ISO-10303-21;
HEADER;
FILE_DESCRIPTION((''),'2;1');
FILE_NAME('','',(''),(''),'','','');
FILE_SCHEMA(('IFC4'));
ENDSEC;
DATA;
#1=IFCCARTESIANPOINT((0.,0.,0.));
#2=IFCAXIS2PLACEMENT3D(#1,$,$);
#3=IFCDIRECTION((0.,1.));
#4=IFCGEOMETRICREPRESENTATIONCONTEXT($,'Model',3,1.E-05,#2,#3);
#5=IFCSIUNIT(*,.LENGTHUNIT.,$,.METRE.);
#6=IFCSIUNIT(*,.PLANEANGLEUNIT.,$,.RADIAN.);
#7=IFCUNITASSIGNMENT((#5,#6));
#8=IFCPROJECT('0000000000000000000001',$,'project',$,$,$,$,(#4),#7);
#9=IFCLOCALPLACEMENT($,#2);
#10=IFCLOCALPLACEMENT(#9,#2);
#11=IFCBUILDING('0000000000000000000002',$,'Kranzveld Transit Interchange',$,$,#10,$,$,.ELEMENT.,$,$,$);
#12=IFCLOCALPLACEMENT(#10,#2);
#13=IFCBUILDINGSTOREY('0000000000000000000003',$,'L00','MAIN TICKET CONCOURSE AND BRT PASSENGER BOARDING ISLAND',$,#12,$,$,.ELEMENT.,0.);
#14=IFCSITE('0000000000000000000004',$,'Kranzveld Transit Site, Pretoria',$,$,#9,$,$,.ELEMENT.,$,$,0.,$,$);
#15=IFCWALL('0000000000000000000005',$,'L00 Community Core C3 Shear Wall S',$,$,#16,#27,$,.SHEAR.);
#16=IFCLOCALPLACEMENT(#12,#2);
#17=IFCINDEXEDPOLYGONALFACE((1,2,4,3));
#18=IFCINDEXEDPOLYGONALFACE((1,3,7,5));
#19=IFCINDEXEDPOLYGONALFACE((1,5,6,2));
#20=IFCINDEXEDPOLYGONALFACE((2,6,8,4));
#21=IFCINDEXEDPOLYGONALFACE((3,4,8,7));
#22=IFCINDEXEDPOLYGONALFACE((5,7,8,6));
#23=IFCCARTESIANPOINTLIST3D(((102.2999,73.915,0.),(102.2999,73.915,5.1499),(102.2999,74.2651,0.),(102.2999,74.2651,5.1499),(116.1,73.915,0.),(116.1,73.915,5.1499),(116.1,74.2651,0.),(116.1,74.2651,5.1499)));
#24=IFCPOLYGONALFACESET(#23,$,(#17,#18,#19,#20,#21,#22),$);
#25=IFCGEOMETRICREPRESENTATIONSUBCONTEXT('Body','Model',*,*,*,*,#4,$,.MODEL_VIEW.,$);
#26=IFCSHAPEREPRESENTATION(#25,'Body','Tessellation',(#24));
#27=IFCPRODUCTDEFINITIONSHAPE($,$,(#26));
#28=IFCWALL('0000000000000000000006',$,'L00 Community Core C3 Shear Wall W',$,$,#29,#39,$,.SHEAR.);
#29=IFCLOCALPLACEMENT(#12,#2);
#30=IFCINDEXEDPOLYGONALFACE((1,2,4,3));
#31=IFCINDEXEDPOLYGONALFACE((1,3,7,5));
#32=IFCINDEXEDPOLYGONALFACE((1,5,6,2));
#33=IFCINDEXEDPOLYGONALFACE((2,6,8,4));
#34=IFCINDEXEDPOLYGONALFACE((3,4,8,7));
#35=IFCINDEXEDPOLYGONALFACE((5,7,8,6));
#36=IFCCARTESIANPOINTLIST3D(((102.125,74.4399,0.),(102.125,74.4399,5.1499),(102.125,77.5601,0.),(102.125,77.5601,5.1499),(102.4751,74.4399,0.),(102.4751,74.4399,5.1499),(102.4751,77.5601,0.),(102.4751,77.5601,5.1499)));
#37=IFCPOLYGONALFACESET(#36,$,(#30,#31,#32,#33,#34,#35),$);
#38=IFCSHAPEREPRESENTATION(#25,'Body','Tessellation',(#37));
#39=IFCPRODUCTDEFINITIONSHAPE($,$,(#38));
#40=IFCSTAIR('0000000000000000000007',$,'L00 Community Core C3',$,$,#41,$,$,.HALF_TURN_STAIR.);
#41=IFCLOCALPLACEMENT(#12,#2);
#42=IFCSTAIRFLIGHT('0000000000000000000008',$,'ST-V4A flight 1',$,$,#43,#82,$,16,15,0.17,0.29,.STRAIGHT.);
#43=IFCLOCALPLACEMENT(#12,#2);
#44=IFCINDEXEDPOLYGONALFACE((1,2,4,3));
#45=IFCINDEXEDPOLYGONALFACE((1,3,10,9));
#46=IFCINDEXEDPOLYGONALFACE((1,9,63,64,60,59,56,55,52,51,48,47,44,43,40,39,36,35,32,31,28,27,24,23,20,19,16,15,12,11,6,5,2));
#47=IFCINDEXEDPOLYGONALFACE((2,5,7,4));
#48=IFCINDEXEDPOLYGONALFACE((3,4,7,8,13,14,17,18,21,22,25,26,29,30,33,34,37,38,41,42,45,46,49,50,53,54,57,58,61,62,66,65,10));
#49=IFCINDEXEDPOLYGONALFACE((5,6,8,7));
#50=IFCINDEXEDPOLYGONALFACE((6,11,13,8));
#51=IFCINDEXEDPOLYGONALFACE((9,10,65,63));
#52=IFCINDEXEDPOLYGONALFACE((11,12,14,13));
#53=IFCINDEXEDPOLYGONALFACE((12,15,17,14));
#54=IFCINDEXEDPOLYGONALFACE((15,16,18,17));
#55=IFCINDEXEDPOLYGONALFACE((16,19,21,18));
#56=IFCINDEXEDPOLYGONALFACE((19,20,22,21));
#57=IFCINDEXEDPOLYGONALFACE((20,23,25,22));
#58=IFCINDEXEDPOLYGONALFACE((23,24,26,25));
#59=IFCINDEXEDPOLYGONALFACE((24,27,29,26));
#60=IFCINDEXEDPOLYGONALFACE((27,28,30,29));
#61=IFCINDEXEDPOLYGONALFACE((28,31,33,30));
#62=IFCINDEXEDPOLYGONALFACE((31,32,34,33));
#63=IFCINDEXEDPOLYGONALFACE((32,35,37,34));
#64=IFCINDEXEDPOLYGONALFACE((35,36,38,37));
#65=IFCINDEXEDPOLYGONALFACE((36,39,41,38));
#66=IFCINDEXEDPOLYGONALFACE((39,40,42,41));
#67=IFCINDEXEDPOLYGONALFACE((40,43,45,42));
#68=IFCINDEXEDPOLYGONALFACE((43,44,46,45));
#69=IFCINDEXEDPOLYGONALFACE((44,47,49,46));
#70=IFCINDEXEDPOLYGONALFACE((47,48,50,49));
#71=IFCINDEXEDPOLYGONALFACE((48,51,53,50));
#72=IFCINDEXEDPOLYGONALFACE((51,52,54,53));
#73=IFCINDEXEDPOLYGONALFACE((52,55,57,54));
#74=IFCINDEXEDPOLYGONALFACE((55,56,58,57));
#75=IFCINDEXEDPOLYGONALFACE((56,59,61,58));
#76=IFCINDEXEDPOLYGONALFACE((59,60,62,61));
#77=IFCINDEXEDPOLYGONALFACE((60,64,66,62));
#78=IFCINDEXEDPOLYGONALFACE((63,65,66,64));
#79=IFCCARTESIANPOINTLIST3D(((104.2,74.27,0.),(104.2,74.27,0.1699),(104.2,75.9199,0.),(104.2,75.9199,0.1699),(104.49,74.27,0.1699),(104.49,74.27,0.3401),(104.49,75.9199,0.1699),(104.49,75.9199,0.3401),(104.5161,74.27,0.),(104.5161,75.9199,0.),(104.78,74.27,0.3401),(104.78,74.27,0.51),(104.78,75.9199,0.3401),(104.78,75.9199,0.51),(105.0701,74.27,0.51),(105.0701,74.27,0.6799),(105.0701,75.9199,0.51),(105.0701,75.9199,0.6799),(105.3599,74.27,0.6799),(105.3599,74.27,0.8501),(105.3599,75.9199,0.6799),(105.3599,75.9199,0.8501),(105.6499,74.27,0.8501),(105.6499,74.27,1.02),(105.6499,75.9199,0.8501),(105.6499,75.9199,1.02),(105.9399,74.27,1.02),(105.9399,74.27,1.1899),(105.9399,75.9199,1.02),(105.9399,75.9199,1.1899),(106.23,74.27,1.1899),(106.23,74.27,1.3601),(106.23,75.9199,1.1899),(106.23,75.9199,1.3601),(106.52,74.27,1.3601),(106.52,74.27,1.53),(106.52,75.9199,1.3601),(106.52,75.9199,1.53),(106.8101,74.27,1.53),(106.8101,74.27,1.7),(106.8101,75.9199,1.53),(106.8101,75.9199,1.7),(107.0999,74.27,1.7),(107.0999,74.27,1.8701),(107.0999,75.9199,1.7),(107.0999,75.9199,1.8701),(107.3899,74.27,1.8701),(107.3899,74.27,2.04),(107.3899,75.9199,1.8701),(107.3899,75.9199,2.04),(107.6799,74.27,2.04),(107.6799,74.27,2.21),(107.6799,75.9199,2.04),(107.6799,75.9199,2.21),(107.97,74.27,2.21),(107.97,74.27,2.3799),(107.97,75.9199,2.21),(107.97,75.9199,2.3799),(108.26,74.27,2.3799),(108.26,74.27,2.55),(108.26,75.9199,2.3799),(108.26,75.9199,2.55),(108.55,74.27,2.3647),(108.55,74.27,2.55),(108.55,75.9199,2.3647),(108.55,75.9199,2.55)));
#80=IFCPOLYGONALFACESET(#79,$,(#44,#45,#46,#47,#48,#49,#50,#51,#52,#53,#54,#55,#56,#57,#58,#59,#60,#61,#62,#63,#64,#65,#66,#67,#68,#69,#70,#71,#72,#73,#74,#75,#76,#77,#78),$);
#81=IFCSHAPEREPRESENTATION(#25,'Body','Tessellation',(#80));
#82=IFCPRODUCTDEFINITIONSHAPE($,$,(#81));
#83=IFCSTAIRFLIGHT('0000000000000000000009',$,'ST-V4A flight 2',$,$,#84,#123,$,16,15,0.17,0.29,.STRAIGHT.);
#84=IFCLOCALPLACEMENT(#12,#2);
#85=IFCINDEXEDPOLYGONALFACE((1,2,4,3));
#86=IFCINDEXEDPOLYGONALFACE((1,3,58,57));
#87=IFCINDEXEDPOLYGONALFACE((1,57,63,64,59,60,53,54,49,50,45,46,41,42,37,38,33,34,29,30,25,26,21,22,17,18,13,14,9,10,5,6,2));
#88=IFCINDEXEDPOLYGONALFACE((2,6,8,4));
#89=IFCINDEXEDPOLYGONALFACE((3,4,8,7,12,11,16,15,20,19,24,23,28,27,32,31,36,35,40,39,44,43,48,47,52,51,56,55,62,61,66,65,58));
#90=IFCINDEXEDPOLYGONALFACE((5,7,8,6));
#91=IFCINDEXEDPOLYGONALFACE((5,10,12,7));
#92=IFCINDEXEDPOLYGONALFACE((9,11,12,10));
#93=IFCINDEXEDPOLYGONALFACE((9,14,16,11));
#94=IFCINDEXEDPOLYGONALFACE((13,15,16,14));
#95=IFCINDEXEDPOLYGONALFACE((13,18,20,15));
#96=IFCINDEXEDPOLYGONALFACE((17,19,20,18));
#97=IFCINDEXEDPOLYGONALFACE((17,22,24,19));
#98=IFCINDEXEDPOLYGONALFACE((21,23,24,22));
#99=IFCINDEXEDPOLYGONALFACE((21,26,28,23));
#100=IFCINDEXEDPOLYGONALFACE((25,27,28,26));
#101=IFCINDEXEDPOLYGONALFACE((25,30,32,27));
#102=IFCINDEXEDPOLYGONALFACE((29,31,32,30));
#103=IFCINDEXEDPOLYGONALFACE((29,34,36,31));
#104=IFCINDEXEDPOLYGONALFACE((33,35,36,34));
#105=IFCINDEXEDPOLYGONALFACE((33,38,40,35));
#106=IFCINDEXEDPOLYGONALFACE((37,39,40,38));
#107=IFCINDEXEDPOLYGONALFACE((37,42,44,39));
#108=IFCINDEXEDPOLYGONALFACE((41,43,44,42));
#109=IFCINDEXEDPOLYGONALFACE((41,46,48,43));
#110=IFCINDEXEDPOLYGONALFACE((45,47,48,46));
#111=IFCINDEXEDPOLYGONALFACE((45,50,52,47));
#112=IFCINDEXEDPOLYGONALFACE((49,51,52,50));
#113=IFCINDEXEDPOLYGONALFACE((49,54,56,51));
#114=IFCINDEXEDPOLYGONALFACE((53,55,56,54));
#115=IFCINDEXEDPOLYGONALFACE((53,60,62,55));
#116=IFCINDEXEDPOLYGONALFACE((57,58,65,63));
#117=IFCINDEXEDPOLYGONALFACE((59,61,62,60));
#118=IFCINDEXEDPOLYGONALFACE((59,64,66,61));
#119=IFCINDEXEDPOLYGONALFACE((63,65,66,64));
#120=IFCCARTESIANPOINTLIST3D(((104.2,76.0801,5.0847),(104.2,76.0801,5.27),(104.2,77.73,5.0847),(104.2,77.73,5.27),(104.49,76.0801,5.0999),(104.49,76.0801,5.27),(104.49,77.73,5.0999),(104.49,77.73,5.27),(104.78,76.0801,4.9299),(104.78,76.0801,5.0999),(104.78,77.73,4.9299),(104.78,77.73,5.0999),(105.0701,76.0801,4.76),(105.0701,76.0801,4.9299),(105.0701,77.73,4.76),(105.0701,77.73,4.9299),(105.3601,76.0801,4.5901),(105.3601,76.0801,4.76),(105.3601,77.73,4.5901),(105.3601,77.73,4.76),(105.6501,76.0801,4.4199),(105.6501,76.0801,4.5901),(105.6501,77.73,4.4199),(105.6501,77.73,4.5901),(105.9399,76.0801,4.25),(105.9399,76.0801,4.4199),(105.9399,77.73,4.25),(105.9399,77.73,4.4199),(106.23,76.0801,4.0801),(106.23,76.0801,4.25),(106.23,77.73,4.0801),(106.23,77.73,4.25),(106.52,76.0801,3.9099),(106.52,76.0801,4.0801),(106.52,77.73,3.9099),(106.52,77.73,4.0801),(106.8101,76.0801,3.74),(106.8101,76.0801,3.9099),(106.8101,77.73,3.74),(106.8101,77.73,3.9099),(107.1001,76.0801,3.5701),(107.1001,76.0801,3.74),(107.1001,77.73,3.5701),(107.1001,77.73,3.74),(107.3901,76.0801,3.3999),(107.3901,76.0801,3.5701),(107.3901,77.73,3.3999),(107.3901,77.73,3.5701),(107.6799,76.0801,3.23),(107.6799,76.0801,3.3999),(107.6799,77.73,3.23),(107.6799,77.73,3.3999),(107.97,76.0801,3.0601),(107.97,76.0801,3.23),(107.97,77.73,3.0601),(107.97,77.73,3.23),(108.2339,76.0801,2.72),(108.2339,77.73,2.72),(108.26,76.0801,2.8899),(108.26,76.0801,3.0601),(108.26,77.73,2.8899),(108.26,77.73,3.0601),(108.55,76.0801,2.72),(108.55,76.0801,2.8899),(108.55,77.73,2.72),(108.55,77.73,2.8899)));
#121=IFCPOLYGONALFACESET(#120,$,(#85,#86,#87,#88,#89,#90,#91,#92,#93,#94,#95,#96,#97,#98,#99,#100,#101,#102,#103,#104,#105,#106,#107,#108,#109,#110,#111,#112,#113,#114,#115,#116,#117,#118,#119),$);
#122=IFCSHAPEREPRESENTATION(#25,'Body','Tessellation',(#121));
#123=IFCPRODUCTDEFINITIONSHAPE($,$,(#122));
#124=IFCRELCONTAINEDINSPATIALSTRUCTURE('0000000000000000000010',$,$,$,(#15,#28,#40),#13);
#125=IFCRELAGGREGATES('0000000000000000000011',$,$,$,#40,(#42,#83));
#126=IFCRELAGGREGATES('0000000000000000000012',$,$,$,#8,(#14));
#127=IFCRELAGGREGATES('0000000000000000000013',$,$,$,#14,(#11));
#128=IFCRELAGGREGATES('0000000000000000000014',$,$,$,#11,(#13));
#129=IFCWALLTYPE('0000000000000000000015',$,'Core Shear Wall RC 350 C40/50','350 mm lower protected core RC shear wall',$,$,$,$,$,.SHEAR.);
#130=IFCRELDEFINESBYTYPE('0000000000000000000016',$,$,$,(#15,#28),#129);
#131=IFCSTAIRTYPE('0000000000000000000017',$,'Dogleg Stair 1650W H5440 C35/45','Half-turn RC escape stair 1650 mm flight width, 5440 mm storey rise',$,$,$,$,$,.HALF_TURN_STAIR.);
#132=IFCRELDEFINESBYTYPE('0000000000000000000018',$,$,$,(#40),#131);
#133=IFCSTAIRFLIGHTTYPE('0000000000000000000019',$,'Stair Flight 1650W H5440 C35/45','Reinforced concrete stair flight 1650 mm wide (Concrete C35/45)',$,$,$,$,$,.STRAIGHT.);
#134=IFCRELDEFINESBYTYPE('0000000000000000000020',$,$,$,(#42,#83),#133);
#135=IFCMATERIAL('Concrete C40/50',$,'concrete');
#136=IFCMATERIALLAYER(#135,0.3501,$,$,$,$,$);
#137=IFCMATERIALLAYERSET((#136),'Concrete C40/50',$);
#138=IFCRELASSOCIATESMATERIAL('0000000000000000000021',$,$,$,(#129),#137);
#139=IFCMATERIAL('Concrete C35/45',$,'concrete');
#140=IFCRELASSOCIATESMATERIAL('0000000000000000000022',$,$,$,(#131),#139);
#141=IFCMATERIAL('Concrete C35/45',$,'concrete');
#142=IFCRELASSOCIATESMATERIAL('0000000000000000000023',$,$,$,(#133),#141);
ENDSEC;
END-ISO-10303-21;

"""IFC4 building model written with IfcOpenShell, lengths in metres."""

from ifc_helpers import new_model, si_unit, direction, frame, frame_2d, origin, place, context, subcontext, project, spatial, polyline, rectangle, outline, extrude, material, layer, layer_set, type_object, element, aggregate, save


model = new_model("IFC4")

# Units and contexts
model_context = context("Model", 3, precision=1e-05, world=origin(), true_north=direction((0.0, 1.0)))
body_context = subcontext(model_context, "Body", "Model", "MODEL_VIEW")
ifc_project = project(units=[si_unit("LENGTHUNIT", "METRE"), si_unit("PLANEANGLEUNIT", "RADIAN")], contexts=[model_context])

# Site, building, storey
site_placement = place(None, origin())
site = spatial("IfcSite", under=ifc_project, at=site_placement, Name="Kranzveld Transit Site, Pretoria", CompositionType="ELEMENT", RefElevation=0.0)
building_placement = place(site_placement, origin())
building = spatial("IfcBuilding", under=site, at=building_placement, Name="Kranzveld Transit Interchange", CompositionType="ELEMENT")
storey_placement = place(building_placement, origin())
storey = spatial("IfcBuildingStorey", under=building, at=storey_placement, Name="L00", Description="MAIN TICKET CONCOURSE AND BRT PASSENGER BOARDING ISLAND", CompositionType="ELEMENT", Elevation=0.0)

# Wall
ifc_material_1 = material(Name="Concrete C40/50", Category="concrete")
ifc_layer_1 = layer(ifc_material_1, 0.3501)
ifc_layer_set_1 = layer_set([ifc_layer_1], Name="Concrete C40/50")
wall_type = type_object("IfcWallType", Name="Core Shear Wall RC 350 C40/50", Description="350 mm lower protected core RC shear wall", PredefinedType="SHEAR", material=ifc_layer_set_1)
wall_1_placement = place(storey_placement, frame((102.3, 74.0901, 0.0), z_axis=(0.0, 0.0, 1.0), x_axis=(1.0, 0.0, 0.0)))
element("IfcWall", 1, at=wall_1_placement, inside=storey, type_object=wall_type, Name="L00 Community Core C3 Shear Wall S", PredefinedType="SHEAR", context=body_context, shape_type="SweptSolid", body=[
    extrude(rectangle(XDim=13.8, YDim=0.3501, at=frame_2d((6.8999, 0.0))), origin(), (0.0, 0.0, 1.0), 5.1499),
])

# Wall
wall_2_placement = place(storey_placement, frame((102.3, 74.4399, 0.0), z_axis=(0.0, 0.0, 1.0), x_axis=(0.0, 1.0, 0.0)))
element("IfcWall", 2, at=wall_2_placement, inside=storey, type_object=wall_type, Name="L00 Community Core C3 Shear Wall W", PredefinedType="SHEAR", context=body_context, shape_type="SweptSolid", body=[
    extrude(rectangle(XDim=3.1201, YDim=0.3501, at=frame_2d((1.5601, 0.0))), origin(), (0.0, 0.0, 1.0), 5.1499),
])

# Stair, stair flights
ifc_material_2 = material(Name="Concrete C35/45", Category="concrete")
stair_type = type_object("IfcStairType", Name="Dogleg Stair 1650W H5440 C35/45", Description="Half-turn RC escape stair 1650 mm flight width, 5440 mm storey rise", PredefinedType="HALF_TURN_STAIR", material=ifc_material_2)
stair_placement = place(storey_placement, origin())
stair = element("IfcStair", 3, at=stair_placement, inside=storey, type_object=stair_type, Name="L00 Community Core C3", PredefinedType="HALF_TURN_STAIR")
ifc_material_3 = material(Name="Concrete C35/45", Category="concrete")
stair_flight_type = type_object("IfcStairFlightType", Name="Stair Flight 1650W H5440 C35/45", Description="Reinforced concrete stair flight 1650 mm wide (Concrete C35/45)", PredefinedType="STRAIGHT", material=ifc_material_3)
stair_flight_1_placement = place(storey_placement, frame((104.2, 75.095, 0.0), z_axis=(0.0, 0.0, 1.0), x_axis=(1.0, 0.0, 0.0)))
stair_flight_1 = element("IfcStairFlight", 4, at=stair_flight_1_placement, type_object=stair_flight_type, Name="ST-V4A flight 1", NumberOfRisers=16, NumberOfTreads=15, PredefinedType="STRAIGHT", RiserHeight=0.17, TreadLength=0.29, context=body_context, shape_type="SweptSolid", body=[
    extrude(outline(polyline([(0.0, 0.0), (0.0, 0.1699), (0.29, 0.1699), (0.29, 0.3401), (0.5801, 0.3401), (0.5801, 0.51), (0.8701, 0.51), (0.8701, 0.6799), (1.1599, 0.6799), (1.1599, 0.8501), (1.45, 0.8501), (1.45, 1.02), (1.74, 1.02), (1.74, 1.1899), (2.03, 1.1899), (2.03, 1.3601), (2.3201, 1.3601), (2.3201, 1.53), (2.6101, 1.53), (2.6101, 1.7), (2.8999, 1.7), (2.8999, 1.8701), (3.1899, 1.8701), (3.1899, 2.04), (3.48, 2.04), (3.48, 2.21), (3.77, 2.21), (3.77, 2.3799), (4.0601, 2.3799), (4.0601, 2.55), (4.3501, 2.55), (4.3501, 2.72), (4.3501, 2.3647), (0.3162, 0.0), (0.0, 0.0)])), frame((0.0, 0.825, 0.0), z_axis=(0.0, -1.0, 0.0), x_axis=(1.0, 0.0, 0.0)), (0.0, 0.0, 1.0), 1.6499),
])
stair_flight_2_placement = place(storey_placement, frame((108.55, 76.905, 2.72), z_axis=(0.0, 0.0, 1.0), x_axis=(-1.0, 0.0, 0.0)))
stair_flight_2 = element("IfcStairFlight", 5, at=stair_flight_2_placement, type_object=stair_flight_type, Name="ST-V4A flight 2", NumberOfRisers=16, NumberOfTreads=15, PredefinedType="STRAIGHT", RiserHeight=0.17, TreadLength=0.29, context=body_context, shape_type="SweptSolid", body=[
    extrude(outline(polyline([(0.0, 0.0), (0.0, 0.1699), (0.29, 0.1699), (0.29, 0.3401), (0.5801, 0.3401), (0.5801, 0.51), (0.8701, 0.51), (0.8701, 0.6799), (1.1599, 0.6799), (1.1599, 0.8501), (1.45, 0.8501), (1.45, 1.02), (1.74, 1.02), (1.74, 1.1899), (2.03, 1.1899), (2.03, 1.3601), (2.3201, 1.3601), (2.3201, 1.53), (2.6101, 1.53), (2.6101, 1.7), (2.8999, 1.7), (2.8999, 1.8701), (3.1899, 1.8701), (3.1899, 2.04), (3.48, 2.04), (3.48, 2.21), (3.77, 2.21), (3.77, 2.3799), (4.0601, 2.3799), (4.0601, 2.55), (4.3501, 2.55), (4.3501, 2.72), (4.3501, 2.3647), (0.3162, 0.0), (0.0, 0.0)])), frame((0.0, 0.825, 0.0), z_axis=(0.0, -1.0, 0.0), x_axis=(1.0, 0.0, 0.0)), (0.0, 0.0, 1.0), 1.6499),
])
aggregate(stair, [stair_flight_1, stair_flight_2])

save(model, "model.ifc")
